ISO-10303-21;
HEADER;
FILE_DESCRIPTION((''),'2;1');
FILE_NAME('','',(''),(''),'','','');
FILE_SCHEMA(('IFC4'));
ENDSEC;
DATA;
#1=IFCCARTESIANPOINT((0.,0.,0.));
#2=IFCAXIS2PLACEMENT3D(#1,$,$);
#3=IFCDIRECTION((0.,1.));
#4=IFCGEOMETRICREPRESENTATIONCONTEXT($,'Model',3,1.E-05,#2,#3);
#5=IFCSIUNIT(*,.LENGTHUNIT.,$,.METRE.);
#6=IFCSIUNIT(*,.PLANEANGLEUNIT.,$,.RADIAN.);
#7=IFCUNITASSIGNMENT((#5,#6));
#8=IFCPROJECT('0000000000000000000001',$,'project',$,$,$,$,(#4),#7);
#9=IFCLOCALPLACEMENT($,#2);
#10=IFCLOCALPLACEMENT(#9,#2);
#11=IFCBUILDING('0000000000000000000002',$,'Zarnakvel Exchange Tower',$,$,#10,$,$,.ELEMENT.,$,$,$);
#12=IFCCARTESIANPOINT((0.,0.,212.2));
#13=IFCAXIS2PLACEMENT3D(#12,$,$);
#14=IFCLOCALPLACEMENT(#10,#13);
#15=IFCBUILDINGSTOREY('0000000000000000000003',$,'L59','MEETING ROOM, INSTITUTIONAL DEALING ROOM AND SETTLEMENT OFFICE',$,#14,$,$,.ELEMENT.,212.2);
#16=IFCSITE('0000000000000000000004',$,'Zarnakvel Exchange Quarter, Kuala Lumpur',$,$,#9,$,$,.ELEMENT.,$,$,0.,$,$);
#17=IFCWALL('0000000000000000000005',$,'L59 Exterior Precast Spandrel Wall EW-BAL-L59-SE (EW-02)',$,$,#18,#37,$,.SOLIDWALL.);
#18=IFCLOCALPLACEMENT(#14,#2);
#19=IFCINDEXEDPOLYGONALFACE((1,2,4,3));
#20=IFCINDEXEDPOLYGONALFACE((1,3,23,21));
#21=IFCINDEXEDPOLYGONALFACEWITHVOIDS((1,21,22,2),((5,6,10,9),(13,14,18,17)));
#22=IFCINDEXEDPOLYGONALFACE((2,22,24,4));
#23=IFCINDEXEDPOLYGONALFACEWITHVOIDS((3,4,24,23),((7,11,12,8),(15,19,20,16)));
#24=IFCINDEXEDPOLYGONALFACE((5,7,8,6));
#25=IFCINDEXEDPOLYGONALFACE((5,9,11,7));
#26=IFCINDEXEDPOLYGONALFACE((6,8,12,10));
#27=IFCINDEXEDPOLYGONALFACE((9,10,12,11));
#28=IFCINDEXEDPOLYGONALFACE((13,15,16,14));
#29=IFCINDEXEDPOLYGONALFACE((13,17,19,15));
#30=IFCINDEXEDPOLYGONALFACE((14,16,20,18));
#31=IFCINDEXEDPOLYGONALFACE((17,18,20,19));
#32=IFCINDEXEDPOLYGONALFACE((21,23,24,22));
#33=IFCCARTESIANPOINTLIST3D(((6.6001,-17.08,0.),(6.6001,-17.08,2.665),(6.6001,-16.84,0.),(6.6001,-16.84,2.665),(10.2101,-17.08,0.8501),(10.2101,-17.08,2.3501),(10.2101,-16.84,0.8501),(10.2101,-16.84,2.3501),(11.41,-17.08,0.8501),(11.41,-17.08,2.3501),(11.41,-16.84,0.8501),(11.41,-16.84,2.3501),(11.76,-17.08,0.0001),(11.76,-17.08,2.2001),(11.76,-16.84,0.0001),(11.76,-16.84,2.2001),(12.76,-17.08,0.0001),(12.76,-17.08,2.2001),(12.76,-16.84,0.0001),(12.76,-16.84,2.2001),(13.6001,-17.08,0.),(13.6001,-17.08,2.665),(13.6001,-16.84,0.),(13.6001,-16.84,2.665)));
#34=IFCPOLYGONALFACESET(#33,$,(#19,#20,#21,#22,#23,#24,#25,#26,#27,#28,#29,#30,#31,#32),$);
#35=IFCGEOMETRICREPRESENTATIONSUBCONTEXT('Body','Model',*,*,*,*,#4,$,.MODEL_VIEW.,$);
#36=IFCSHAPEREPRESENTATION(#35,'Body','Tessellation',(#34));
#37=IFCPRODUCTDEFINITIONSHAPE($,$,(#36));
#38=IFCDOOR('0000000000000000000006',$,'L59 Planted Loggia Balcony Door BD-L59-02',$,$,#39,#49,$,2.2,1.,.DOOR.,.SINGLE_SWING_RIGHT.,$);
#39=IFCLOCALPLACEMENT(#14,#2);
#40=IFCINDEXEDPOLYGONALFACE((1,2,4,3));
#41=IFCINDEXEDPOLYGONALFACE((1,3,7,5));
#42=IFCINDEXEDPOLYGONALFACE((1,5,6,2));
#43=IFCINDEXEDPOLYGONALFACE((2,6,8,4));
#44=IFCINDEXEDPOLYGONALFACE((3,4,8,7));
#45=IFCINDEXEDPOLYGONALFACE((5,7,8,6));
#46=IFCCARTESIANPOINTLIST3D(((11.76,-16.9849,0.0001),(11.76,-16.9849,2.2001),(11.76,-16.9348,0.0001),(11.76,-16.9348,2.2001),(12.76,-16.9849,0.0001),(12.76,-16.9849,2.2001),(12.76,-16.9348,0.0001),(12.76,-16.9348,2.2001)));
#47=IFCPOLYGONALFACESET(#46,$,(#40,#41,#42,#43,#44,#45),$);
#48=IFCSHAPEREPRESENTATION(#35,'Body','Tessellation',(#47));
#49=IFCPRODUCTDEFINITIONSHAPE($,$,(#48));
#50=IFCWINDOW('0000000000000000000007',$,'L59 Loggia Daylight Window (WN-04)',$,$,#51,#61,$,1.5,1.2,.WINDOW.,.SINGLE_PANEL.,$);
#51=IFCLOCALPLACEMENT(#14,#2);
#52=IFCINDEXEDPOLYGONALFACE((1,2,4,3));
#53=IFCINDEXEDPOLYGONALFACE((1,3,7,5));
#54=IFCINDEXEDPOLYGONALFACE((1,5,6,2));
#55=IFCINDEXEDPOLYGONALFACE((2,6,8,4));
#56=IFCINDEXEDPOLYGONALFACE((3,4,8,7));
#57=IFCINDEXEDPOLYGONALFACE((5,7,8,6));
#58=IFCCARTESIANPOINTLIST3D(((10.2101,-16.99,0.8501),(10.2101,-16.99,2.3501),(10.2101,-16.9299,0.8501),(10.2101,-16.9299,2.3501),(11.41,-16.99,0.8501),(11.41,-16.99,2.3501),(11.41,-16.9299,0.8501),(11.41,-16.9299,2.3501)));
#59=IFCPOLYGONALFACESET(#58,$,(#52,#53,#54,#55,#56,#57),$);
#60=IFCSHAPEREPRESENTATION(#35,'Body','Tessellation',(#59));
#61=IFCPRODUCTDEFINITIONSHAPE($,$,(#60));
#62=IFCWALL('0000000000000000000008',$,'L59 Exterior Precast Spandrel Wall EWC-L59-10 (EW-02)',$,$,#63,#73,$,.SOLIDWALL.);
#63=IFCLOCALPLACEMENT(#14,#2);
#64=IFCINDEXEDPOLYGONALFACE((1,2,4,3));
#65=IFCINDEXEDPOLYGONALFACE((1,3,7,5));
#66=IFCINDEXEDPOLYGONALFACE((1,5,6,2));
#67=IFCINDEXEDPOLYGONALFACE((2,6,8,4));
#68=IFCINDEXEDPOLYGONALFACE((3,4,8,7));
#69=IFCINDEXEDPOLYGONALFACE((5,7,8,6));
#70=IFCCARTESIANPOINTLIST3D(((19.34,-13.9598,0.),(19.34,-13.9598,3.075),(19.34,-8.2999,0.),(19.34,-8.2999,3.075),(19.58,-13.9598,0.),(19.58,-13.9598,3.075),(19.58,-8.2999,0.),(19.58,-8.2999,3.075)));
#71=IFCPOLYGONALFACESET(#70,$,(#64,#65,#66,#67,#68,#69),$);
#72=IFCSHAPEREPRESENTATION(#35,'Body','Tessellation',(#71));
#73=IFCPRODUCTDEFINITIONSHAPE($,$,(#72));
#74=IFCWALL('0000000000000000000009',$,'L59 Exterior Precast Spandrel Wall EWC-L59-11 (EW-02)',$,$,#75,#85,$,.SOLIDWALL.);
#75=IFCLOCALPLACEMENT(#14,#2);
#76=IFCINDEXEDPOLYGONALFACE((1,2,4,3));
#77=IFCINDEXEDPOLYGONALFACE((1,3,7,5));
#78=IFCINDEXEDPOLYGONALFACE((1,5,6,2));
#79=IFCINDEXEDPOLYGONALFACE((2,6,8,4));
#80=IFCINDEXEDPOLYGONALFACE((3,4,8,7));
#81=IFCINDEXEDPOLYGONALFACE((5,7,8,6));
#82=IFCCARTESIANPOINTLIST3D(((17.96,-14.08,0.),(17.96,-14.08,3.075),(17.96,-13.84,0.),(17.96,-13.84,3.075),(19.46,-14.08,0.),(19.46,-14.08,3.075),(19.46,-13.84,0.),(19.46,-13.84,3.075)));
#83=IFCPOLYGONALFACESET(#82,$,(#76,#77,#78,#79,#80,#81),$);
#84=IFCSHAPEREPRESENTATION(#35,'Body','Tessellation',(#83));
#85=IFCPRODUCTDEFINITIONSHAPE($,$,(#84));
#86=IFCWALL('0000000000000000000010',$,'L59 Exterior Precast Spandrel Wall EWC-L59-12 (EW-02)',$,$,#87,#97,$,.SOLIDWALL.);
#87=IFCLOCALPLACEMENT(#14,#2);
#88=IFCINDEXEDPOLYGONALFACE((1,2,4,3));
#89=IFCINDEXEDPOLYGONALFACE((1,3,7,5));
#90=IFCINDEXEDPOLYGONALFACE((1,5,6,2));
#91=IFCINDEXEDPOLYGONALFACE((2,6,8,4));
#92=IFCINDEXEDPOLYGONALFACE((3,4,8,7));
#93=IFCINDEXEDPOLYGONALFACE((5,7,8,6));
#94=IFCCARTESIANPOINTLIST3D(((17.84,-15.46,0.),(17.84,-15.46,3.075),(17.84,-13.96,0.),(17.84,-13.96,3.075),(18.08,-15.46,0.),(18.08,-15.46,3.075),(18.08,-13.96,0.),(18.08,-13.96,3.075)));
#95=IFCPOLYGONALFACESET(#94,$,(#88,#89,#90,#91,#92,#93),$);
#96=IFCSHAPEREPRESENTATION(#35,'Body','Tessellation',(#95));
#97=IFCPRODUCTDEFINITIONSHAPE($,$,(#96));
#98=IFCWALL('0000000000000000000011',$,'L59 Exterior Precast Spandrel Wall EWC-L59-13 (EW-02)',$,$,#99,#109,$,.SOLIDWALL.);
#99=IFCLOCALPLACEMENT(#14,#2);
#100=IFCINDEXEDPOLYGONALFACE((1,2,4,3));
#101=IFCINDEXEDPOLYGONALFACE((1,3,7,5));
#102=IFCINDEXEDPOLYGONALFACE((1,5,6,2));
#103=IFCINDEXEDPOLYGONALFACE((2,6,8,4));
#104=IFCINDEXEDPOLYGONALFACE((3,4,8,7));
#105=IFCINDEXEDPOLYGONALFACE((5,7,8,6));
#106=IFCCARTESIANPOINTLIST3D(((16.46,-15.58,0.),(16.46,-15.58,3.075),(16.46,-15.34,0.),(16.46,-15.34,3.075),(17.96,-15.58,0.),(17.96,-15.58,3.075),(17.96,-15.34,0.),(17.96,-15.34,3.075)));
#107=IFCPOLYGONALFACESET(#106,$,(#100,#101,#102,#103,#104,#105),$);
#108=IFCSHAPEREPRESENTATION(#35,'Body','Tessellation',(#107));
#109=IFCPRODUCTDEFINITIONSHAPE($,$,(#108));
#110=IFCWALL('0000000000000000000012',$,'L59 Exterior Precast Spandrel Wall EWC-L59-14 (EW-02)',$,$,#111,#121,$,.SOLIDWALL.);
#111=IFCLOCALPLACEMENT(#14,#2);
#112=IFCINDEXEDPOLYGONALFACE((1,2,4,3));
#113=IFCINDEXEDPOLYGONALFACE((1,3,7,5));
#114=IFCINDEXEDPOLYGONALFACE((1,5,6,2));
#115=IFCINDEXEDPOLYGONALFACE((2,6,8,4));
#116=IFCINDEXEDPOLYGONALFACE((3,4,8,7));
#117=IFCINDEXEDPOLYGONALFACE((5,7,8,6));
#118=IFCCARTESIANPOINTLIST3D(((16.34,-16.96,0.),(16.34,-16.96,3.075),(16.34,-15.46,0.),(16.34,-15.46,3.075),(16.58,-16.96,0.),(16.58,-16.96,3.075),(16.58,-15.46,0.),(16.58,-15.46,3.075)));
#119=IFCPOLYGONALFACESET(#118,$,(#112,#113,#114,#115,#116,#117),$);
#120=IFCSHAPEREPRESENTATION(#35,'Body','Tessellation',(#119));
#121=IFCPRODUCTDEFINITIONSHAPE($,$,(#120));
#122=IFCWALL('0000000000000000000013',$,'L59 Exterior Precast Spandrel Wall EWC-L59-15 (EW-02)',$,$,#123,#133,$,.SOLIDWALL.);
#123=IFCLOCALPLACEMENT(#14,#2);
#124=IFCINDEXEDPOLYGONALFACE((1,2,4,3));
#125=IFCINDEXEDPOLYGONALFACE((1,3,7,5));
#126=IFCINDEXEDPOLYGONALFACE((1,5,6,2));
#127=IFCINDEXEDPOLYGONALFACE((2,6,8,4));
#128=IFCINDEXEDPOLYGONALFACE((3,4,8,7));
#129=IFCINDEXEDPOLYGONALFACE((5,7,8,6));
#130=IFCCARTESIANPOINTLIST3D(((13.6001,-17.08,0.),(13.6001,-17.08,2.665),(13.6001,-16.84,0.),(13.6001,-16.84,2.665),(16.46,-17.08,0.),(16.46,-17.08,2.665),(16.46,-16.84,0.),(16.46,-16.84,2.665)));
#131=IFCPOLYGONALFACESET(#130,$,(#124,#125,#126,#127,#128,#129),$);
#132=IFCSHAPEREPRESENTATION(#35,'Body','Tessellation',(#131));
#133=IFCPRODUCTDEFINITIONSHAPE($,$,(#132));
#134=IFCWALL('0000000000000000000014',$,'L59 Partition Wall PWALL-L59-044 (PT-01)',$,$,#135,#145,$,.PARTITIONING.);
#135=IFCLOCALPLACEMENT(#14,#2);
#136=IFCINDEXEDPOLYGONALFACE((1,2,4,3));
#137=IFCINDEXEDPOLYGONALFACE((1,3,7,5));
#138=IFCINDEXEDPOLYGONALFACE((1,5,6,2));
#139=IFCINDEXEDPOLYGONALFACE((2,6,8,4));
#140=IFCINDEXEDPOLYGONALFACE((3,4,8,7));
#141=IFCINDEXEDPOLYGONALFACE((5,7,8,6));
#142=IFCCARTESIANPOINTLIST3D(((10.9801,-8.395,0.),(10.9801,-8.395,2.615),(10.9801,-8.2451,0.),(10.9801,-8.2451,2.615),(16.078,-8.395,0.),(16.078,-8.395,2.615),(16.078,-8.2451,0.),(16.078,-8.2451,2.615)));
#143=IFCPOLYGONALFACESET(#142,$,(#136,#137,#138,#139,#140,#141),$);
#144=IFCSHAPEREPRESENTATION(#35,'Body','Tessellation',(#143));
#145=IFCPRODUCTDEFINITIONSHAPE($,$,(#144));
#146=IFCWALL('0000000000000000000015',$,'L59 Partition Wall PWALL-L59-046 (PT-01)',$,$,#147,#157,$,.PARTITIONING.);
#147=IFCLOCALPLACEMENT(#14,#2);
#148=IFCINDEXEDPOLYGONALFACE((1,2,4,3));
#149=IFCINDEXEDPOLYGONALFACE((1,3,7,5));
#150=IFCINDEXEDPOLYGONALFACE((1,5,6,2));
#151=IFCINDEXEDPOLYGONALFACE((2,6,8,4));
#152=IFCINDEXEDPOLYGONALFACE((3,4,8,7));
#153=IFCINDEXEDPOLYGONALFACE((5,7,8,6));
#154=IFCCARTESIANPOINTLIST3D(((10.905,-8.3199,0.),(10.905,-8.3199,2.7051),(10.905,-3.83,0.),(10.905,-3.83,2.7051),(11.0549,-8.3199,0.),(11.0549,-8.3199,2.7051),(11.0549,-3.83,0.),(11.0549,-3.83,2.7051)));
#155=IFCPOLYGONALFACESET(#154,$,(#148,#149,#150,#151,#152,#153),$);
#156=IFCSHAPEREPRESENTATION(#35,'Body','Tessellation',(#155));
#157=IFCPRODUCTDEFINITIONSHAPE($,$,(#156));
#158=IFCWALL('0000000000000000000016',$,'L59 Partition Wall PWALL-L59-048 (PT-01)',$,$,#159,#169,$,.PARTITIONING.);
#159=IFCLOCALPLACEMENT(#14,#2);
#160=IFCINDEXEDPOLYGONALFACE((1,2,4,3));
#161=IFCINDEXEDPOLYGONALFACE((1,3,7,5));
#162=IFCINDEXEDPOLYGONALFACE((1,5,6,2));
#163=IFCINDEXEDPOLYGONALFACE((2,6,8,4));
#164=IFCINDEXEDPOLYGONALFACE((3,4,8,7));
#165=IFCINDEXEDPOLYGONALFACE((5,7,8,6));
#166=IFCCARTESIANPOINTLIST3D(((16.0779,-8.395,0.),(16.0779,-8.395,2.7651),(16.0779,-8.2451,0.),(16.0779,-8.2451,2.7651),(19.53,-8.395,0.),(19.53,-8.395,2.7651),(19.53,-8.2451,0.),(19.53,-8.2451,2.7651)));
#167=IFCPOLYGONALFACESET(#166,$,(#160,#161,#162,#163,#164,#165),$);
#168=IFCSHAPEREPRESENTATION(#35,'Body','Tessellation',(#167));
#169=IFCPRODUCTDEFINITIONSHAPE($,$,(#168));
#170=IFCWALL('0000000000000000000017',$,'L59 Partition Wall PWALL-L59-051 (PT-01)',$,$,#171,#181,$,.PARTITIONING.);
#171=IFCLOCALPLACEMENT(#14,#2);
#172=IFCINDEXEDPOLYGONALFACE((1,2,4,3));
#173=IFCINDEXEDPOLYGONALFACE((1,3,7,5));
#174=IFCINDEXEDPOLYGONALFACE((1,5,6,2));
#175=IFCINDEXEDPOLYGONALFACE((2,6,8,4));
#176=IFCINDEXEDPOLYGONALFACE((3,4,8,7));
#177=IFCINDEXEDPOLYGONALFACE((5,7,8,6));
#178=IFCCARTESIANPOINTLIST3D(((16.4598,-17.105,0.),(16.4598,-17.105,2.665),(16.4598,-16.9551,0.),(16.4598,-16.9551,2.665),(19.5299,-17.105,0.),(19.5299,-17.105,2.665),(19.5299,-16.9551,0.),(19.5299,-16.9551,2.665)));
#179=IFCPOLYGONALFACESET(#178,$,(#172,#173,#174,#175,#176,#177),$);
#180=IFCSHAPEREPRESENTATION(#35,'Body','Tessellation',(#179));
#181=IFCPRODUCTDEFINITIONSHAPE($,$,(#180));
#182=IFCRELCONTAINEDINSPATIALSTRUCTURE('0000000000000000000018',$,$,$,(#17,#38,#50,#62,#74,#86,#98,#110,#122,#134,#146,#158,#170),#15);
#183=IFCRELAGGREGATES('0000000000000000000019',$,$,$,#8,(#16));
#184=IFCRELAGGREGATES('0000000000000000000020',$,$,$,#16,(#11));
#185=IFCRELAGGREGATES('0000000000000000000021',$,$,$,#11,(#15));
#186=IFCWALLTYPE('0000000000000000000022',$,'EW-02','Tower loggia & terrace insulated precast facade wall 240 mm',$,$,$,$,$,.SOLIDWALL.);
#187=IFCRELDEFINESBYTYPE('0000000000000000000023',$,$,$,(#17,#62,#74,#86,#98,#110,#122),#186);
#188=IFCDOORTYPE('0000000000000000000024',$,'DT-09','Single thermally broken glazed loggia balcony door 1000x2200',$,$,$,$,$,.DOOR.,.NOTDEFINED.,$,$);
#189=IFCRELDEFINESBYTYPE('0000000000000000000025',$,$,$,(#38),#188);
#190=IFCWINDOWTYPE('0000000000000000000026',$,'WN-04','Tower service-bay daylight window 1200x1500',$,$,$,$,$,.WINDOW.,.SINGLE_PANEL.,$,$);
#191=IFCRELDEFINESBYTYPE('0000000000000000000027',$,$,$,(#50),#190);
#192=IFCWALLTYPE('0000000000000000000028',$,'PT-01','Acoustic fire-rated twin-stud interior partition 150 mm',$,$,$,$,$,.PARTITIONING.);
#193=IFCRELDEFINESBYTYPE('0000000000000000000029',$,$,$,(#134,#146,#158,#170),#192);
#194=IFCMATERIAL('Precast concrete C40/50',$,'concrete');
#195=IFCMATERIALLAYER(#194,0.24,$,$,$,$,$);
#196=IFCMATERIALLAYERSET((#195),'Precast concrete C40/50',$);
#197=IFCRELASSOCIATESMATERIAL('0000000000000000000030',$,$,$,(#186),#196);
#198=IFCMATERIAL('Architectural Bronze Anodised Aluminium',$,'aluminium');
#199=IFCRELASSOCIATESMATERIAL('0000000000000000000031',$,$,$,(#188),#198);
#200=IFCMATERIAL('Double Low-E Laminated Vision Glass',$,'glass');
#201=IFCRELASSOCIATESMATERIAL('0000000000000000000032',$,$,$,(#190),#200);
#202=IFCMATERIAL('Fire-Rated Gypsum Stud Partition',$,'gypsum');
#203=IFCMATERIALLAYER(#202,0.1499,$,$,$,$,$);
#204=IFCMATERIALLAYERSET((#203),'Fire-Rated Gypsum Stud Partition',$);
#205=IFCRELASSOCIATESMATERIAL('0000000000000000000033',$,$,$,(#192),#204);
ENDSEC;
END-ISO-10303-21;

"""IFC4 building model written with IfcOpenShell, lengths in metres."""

from ifc_helpers import new_model, si_unit, direction, frame, frame_2d, origin, place, context, subcontext, project, spatial, rectangle, extrude, source, transform, mapped, material, layer, layer_set, type_object, element, fill, save


model = new_model("IFC4")

# Units and contexts
model_context = context("Model", 3, precision=1e-05, world=origin(), true_north=direction((0.0, 1.0)))
body_context = subcontext(model_context, "Body", "Model", "MODEL_VIEW")
ifc_project = project(units=[si_unit("LENGTHUNIT", "METRE"), si_unit("PLANEANGLEUNIT", "RADIAN")], contexts=[model_context])

# Site, building, storey
site_placement = place(None, origin())
site = spatial("IfcSite", under=ifc_project, at=site_placement, Name="Zarnakvel Exchange Quarter, Kuala Lumpur", CompositionType="ELEMENT", RefElevation=0.0)
building_placement = place(site_placement, origin())
building = spatial("IfcBuilding", under=site, at=building_placement, Name="Zarnakvel Exchange Tower", CompositionType="ELEMENT")
storey_placement = place(building_placement, frame((0.0, 0.0, 212.2)))
storey = spatial("IfcBuildingStorey", under=building, at=storey_placement, Name="L59", Description="MEETING ROOM, INSTITUTIONAL DEALING ROOM AND SETTLEMENT OFFICE", CompositionType="ELEMENT", Elevation=212.2)

# Wall, openings, door, window
ifc_material_1 = material(Name="Precast concrete C40/50", Category="concrete")
ifc_layer_1 = layer(ifc_material_1, 0.24)
ifc_layer_set_1 = layer_set([ifc_layer_1], Name="Precast concrete C40/50")
wall_type_1 = type_object("IfcWallType", Name="EW-02", Description="Tower loggia & terrace insulated precast facade wall 240 mm", PredefinedType="SOLIDWALL", material=ifc_layer_set_1)
wall_1_placement = place(storey_placement, frame((13.6001, -16.96, 0.0), z_axis=(0.0, 0.0, 1.0), x_axis=(-1.0, 0.0, 0.0)))
wall_1 = element("IfcWall", 1, at=wall_1_placement, inside=storey, type_object=wall_type_1, Name="L59 Exterior Precast Spandrel Wall EW-BAL-L59-SE (EW-02)", PredefinedType="SOLIDWALL", context=body_context, shape_type="SweptSolid", body=[
    extrude(rectangle(XDim=7.0, YDim=0.24, at=frame_2d((3.5, 0.0))), origin(), (0.0, 0.0, 1.0), 2.665),
])
opening_1_placement = place(wall_1_placement, frame((0.8401, 0.0, 0.0)))
opening_1 = element("IfcOpeningElement", 2, at=opening_1_placement, cuts=wall_1, PredefinedType="OPENING", context=body_context, shape_type="SweptSolid", body=[
    extrude(rectangle(XDim=1.0, YDim=2.2, at=frame_2d((0.5, 1.1001))), frame((0.0, 0.1299, 0.0), z_axis=(0.0, -1.0, 0.0), x_axis=(1.0, 0.0, 0.0)), (0.0, 0.0, 1.0), 0.26),
])
opening_2_placement = place(wall_1_placement, frame((2.1899, 0.0, 0.8501)))
opening_2 = element("IfcOpeningElement", 3, at=opening_2_placement, cuts=wall_1, PredefinedType="OPENING", context=body_context, shape_type="SweptSolid", body=[
    extrude(rectangle(XDim=1.2, YDim=1.5, at=frame_2d((0.6001, 0.75))), frame((0.0, 0.1299, 0.0), z_axis=(0.0, -1.0, 0.0), x_axis=(1.0, 0.0, 0.0)), (0.0, 0.0, 1.0), 0.26),
])
ifc_material_2 = material(Name="Architectural Bronze Anodised Aluminium", Category="aluminium")
door_type = type_object("IfcDoorType", Name="DT-09", Description="Single thermally broken glazed loggia balcony door 1000x2200", OperationType="NOTDEFINED", PredefinedType="DOOR", material=ifc_material_2)
shared_shape_1 = source(origin(), body_context, "Body", "SweptSolid", [
    extrude(rectangle(XDim=1.0, YDim=2.2, at=frame_2d((0.5, 1.1001))), frame((0.0, 0.0249, 0.0), z_axis=(0.0, -1.0, 0.0), x_axis=(1.0, 0.0, 0.0)), (0.0, 0.0, 1.0), 0.05),
])
door_placement = place(opening_1_placement, origin())
door = element("IfcDoor", 4, at=door_placement, inside=storey, type_object=door_type, Name="L59 Planted Loggia Balcony Door BD-L59-02", OperationType="SINGLE_SWING_RIGHT", OverallHeight=2.2, OverallWidth=1.0, PredefinedType="DOOR", context=body_context, shape_type="MappedRepresentation", body=[
    mapped(shared_shape_1, transform((0.0, 0.0, 0.0), x_axis=(1.0, 0.0, 0.0), y_axis=(0.0, 1.0, 0.0), z_axis=(0.0, 0.0, 1.0), scale=1.0)),
])
fill(opening_1, door)
ifc_material_3 = material(Name="Double Low-E Laminated Vision Glass", Category="glass")
window_type = type_object("IfcWindowType", Name="WN-04", Description="Tower service-bay daylight window 1200x1500", PartitioningType="SINGLE_PANEL", PredefinedType="WINDOW", material=ifc_material_3)
shared_shape_2 = source(origin(), body_context, "Body", "SweptSolid", [
    extrude(rectangle(XDim=1.2, YDim=1.5, at=frame_2d((0.6001, 0.75))), frame((0.0, 0.03, 0.0), z_axis=(0.0, -1.0, 0.0), x_axis=(1.0, 0.0, 0.0)), (0.0, 0.0, 1.0), 0.0601),
])
window_placement = place(opening_2_placement, origin())
window = element("IfcWindow", 5, at=window_placement, inside=storey, type_object=window_type, Name="L59 Loggia Daylight Window (WN-04)", OverallHeight=1.5, OverallWidth=1.2, PartitioningType="SINGLE_PANEL", PredefinedType="WINDOW", context=body_context, shape_type="MappedRepresentation", body=[
    mapped(shared_shape_2, transform((0.0, 0.0, 0.0), x_axis=(1.0, 0.0, 0.0), y_axis=(0.0, 1.0, 0.0), z_axis=(0.0, 0.0, 1.0), scale=1.0)),
])
fill(opening_2, window)

# Walls
wall_2_placement = place(storey_placement, frame((19.46, -13.96, 0.0), z_axis=(0.0, 0.0, 1.0), x_axis=(0.0, 1.0, 0.0)))
element("IfcWall", 6, at=wall_2_placement, inside=storey, type_object=wall_type_1, Name="L59 Exterior Precast Spandrel Wall EWC-L59-10 (EW-02)", PredefinedType="SOLIDWALL", context=body_context, shape_type="SweptSolid", body=[
    extrude(rectangle(XDim=5.6599, YDim=0.24, at=frame_2d((2.8301, 0.0))), origin(), (0.0, 0.0, 1.0), 3.075),
])
for number, where, z_axis, x_axis, name in (
    (7, (17.96, -13.96, 0.0), (0.0, 0.0, 1.0), (1.0, 0.0, 0.0), "L59 Exterior Precast Spandrel Wall EWC-L59-11 (EW-02)"),
    (8, (17.96, -15.46, 0.0), (0.0, 0.0, 1.0), (0.0, 1.0, 0.0), "L59 Exterior Precast Spandrel Wall EWC-L59-12 (EW-02)"),
    (9, (16.46, -15.46, 0.0), (0.0, 0.0, 1.0), (1.0, 0.0, 0.0), "L59 Exterior Precast Spandrel Wall EWC-L59-13 (EW-02)"),
    (10, (16.46, -16.96, 0.0), (0.0, 0.0, 1.0), (0.0, 1.0, 0.0), "L59 Exterior Precast Spandrel Wall EWC-L59-14 (EW-02)"),
):
    element("IfcWall", number, at=place(storey_placement, frame(where, z_axis=z_axis, x_axis=x_axis)), inside=storey, type_object=wall_type_1, Name=name, PredefinedType="SOLIDWALL", context=body_context, shape_type="SweptSolid", body=[
        extrude(rectangle(XDim=1.5, YDim=0.24, at=frame_2d((0.75, 0.0))), origin(), (0.0, 0.0, 1.0), 3.075),
    ])
wall_3_placement = place(storey_placement, frame((13.6001, -16.96, 0.0), z_axis=(0.0, 0.0, 1.0), x_axis=(1.0, 0.0, 0.0)))
element("IfcWall", 11, at=wall_3_placement, inside=storey, type_object=wall_type_1, Name="L59 Exterior Precast Spandrel Wall EWC-L59-15 (EW-02)", PredefinedType="SOLIDWALL", context=body_context, shape_type="SweptSolid", body=[
    extrude(rectangle(XDim=2.8599, YDim=0.24, at=frame_2d((1.4299, 0.0))), origin(), (0.0, 0.0, 1.0), 2.665),
])
ifc_material_4 = material(Name="Fire-Rated Gypsum Stud Partition", Category="gypsum")
ifc_layer_2 = layer(ifc_material_4, 0.1499)
ifc_layer_set_2 = layer_set([ifc_layer_2], Name="Fire-Rated Gypsum Stud Partition")
wall_type_2 = type_object("IfcWallType", Name="PT-01", Description="Acoustic fire-rated twin-stud interior partition 150 mm", PredefinedType="PARTITIONING", material=ifc_layer_set_2)
wall_4_placement = place(storey_placement, frame((16.0779, -8.3201, 0.0), z_axis=(0.0, 0.0, 1.0), x_axis=(-1.0, 0.0, 0.0)))
element("IfcWall", 12, at=wall_4_placement, inside=storey, type_object=wall_type_2, Name="L59 Partition Wall PWALL-L59-044 (PT-01)", PredefinedType="PARTITIONING", context=body_context, shape_type="SweptSolid", body=[
    extrude(rectangle(XDim=5.0979, YDim=0.1499, at=frame_2d((2.5488, 0.0))), origin(), (0.0, 0.0, 1.0), 2.615),
])
wall_5_placement = place(storey_placement, frame((10.98, -8.3201, 0.0), z_axis=(0.0, 0.0, 1.0), x_axis=(0.0, 1.0, 0.0)))
element("IfcWall", 13, at=wall_5_placement, inside=storey, type_object=wall_type_2, Name="L59 Partition Wall PWALL-L59-046 (PT-01)", PredefinedType="PARTITIONING", context=body_context, shape_type="SweptSolid", body=[
    extrude(rectangle(XDim=4.49, YDim=0.1499, at=frame_2d((2.2451, 0.0))), origin(), (0.0, 0.0, 1.0), 2.7051),
])
wall_6_placement = place(storey_placement, frame((19.53, -8.3201, 0.0), z_axis=(0.0, 0.0, 1.0), x_axis=(-1.0, 0.0, 0.0)))
element("IfcWall", 14, at=wall_6_placement, inside=storey, type_object=wall_type_2, Name="L59 Partition Wall PWALL-L59-048 (PT-01)", PredefinedType="PARTITIONING", context=body_context, shape_type="SweptSolid", body=[
    extrude(rectangle(XDim=3.4521, YDim=0.1499, at=frame_2d((1.7261, 0.0))), origin(), (0.0, 0.0, 1.0), 2.7651),
])
wall_7_placement = place(storey_placement, frame((19.53, -17.03, 0.0), z_axis=(0.0, 0.0, 1.0), x_axis=(-1.0, 0.0, 0.0)))
element("IfcWall", 15, at=wall_7_placement, inside=storey, type_object=wall_type_2, Name="L59 Partition Wall PWALL-L59-051 (PT-01)", PredefinedType="PARTITIONING", context=body_context, shape_type="SweptSolid", body=[
    extrude(rectangle(XDim=3.0701, YDim=0.1499, at=frame_2d((1.5352, 0.0))), origin(), (0.0, 0.0, 1.0), 2.665),
])

save(model, "model.ifc")
